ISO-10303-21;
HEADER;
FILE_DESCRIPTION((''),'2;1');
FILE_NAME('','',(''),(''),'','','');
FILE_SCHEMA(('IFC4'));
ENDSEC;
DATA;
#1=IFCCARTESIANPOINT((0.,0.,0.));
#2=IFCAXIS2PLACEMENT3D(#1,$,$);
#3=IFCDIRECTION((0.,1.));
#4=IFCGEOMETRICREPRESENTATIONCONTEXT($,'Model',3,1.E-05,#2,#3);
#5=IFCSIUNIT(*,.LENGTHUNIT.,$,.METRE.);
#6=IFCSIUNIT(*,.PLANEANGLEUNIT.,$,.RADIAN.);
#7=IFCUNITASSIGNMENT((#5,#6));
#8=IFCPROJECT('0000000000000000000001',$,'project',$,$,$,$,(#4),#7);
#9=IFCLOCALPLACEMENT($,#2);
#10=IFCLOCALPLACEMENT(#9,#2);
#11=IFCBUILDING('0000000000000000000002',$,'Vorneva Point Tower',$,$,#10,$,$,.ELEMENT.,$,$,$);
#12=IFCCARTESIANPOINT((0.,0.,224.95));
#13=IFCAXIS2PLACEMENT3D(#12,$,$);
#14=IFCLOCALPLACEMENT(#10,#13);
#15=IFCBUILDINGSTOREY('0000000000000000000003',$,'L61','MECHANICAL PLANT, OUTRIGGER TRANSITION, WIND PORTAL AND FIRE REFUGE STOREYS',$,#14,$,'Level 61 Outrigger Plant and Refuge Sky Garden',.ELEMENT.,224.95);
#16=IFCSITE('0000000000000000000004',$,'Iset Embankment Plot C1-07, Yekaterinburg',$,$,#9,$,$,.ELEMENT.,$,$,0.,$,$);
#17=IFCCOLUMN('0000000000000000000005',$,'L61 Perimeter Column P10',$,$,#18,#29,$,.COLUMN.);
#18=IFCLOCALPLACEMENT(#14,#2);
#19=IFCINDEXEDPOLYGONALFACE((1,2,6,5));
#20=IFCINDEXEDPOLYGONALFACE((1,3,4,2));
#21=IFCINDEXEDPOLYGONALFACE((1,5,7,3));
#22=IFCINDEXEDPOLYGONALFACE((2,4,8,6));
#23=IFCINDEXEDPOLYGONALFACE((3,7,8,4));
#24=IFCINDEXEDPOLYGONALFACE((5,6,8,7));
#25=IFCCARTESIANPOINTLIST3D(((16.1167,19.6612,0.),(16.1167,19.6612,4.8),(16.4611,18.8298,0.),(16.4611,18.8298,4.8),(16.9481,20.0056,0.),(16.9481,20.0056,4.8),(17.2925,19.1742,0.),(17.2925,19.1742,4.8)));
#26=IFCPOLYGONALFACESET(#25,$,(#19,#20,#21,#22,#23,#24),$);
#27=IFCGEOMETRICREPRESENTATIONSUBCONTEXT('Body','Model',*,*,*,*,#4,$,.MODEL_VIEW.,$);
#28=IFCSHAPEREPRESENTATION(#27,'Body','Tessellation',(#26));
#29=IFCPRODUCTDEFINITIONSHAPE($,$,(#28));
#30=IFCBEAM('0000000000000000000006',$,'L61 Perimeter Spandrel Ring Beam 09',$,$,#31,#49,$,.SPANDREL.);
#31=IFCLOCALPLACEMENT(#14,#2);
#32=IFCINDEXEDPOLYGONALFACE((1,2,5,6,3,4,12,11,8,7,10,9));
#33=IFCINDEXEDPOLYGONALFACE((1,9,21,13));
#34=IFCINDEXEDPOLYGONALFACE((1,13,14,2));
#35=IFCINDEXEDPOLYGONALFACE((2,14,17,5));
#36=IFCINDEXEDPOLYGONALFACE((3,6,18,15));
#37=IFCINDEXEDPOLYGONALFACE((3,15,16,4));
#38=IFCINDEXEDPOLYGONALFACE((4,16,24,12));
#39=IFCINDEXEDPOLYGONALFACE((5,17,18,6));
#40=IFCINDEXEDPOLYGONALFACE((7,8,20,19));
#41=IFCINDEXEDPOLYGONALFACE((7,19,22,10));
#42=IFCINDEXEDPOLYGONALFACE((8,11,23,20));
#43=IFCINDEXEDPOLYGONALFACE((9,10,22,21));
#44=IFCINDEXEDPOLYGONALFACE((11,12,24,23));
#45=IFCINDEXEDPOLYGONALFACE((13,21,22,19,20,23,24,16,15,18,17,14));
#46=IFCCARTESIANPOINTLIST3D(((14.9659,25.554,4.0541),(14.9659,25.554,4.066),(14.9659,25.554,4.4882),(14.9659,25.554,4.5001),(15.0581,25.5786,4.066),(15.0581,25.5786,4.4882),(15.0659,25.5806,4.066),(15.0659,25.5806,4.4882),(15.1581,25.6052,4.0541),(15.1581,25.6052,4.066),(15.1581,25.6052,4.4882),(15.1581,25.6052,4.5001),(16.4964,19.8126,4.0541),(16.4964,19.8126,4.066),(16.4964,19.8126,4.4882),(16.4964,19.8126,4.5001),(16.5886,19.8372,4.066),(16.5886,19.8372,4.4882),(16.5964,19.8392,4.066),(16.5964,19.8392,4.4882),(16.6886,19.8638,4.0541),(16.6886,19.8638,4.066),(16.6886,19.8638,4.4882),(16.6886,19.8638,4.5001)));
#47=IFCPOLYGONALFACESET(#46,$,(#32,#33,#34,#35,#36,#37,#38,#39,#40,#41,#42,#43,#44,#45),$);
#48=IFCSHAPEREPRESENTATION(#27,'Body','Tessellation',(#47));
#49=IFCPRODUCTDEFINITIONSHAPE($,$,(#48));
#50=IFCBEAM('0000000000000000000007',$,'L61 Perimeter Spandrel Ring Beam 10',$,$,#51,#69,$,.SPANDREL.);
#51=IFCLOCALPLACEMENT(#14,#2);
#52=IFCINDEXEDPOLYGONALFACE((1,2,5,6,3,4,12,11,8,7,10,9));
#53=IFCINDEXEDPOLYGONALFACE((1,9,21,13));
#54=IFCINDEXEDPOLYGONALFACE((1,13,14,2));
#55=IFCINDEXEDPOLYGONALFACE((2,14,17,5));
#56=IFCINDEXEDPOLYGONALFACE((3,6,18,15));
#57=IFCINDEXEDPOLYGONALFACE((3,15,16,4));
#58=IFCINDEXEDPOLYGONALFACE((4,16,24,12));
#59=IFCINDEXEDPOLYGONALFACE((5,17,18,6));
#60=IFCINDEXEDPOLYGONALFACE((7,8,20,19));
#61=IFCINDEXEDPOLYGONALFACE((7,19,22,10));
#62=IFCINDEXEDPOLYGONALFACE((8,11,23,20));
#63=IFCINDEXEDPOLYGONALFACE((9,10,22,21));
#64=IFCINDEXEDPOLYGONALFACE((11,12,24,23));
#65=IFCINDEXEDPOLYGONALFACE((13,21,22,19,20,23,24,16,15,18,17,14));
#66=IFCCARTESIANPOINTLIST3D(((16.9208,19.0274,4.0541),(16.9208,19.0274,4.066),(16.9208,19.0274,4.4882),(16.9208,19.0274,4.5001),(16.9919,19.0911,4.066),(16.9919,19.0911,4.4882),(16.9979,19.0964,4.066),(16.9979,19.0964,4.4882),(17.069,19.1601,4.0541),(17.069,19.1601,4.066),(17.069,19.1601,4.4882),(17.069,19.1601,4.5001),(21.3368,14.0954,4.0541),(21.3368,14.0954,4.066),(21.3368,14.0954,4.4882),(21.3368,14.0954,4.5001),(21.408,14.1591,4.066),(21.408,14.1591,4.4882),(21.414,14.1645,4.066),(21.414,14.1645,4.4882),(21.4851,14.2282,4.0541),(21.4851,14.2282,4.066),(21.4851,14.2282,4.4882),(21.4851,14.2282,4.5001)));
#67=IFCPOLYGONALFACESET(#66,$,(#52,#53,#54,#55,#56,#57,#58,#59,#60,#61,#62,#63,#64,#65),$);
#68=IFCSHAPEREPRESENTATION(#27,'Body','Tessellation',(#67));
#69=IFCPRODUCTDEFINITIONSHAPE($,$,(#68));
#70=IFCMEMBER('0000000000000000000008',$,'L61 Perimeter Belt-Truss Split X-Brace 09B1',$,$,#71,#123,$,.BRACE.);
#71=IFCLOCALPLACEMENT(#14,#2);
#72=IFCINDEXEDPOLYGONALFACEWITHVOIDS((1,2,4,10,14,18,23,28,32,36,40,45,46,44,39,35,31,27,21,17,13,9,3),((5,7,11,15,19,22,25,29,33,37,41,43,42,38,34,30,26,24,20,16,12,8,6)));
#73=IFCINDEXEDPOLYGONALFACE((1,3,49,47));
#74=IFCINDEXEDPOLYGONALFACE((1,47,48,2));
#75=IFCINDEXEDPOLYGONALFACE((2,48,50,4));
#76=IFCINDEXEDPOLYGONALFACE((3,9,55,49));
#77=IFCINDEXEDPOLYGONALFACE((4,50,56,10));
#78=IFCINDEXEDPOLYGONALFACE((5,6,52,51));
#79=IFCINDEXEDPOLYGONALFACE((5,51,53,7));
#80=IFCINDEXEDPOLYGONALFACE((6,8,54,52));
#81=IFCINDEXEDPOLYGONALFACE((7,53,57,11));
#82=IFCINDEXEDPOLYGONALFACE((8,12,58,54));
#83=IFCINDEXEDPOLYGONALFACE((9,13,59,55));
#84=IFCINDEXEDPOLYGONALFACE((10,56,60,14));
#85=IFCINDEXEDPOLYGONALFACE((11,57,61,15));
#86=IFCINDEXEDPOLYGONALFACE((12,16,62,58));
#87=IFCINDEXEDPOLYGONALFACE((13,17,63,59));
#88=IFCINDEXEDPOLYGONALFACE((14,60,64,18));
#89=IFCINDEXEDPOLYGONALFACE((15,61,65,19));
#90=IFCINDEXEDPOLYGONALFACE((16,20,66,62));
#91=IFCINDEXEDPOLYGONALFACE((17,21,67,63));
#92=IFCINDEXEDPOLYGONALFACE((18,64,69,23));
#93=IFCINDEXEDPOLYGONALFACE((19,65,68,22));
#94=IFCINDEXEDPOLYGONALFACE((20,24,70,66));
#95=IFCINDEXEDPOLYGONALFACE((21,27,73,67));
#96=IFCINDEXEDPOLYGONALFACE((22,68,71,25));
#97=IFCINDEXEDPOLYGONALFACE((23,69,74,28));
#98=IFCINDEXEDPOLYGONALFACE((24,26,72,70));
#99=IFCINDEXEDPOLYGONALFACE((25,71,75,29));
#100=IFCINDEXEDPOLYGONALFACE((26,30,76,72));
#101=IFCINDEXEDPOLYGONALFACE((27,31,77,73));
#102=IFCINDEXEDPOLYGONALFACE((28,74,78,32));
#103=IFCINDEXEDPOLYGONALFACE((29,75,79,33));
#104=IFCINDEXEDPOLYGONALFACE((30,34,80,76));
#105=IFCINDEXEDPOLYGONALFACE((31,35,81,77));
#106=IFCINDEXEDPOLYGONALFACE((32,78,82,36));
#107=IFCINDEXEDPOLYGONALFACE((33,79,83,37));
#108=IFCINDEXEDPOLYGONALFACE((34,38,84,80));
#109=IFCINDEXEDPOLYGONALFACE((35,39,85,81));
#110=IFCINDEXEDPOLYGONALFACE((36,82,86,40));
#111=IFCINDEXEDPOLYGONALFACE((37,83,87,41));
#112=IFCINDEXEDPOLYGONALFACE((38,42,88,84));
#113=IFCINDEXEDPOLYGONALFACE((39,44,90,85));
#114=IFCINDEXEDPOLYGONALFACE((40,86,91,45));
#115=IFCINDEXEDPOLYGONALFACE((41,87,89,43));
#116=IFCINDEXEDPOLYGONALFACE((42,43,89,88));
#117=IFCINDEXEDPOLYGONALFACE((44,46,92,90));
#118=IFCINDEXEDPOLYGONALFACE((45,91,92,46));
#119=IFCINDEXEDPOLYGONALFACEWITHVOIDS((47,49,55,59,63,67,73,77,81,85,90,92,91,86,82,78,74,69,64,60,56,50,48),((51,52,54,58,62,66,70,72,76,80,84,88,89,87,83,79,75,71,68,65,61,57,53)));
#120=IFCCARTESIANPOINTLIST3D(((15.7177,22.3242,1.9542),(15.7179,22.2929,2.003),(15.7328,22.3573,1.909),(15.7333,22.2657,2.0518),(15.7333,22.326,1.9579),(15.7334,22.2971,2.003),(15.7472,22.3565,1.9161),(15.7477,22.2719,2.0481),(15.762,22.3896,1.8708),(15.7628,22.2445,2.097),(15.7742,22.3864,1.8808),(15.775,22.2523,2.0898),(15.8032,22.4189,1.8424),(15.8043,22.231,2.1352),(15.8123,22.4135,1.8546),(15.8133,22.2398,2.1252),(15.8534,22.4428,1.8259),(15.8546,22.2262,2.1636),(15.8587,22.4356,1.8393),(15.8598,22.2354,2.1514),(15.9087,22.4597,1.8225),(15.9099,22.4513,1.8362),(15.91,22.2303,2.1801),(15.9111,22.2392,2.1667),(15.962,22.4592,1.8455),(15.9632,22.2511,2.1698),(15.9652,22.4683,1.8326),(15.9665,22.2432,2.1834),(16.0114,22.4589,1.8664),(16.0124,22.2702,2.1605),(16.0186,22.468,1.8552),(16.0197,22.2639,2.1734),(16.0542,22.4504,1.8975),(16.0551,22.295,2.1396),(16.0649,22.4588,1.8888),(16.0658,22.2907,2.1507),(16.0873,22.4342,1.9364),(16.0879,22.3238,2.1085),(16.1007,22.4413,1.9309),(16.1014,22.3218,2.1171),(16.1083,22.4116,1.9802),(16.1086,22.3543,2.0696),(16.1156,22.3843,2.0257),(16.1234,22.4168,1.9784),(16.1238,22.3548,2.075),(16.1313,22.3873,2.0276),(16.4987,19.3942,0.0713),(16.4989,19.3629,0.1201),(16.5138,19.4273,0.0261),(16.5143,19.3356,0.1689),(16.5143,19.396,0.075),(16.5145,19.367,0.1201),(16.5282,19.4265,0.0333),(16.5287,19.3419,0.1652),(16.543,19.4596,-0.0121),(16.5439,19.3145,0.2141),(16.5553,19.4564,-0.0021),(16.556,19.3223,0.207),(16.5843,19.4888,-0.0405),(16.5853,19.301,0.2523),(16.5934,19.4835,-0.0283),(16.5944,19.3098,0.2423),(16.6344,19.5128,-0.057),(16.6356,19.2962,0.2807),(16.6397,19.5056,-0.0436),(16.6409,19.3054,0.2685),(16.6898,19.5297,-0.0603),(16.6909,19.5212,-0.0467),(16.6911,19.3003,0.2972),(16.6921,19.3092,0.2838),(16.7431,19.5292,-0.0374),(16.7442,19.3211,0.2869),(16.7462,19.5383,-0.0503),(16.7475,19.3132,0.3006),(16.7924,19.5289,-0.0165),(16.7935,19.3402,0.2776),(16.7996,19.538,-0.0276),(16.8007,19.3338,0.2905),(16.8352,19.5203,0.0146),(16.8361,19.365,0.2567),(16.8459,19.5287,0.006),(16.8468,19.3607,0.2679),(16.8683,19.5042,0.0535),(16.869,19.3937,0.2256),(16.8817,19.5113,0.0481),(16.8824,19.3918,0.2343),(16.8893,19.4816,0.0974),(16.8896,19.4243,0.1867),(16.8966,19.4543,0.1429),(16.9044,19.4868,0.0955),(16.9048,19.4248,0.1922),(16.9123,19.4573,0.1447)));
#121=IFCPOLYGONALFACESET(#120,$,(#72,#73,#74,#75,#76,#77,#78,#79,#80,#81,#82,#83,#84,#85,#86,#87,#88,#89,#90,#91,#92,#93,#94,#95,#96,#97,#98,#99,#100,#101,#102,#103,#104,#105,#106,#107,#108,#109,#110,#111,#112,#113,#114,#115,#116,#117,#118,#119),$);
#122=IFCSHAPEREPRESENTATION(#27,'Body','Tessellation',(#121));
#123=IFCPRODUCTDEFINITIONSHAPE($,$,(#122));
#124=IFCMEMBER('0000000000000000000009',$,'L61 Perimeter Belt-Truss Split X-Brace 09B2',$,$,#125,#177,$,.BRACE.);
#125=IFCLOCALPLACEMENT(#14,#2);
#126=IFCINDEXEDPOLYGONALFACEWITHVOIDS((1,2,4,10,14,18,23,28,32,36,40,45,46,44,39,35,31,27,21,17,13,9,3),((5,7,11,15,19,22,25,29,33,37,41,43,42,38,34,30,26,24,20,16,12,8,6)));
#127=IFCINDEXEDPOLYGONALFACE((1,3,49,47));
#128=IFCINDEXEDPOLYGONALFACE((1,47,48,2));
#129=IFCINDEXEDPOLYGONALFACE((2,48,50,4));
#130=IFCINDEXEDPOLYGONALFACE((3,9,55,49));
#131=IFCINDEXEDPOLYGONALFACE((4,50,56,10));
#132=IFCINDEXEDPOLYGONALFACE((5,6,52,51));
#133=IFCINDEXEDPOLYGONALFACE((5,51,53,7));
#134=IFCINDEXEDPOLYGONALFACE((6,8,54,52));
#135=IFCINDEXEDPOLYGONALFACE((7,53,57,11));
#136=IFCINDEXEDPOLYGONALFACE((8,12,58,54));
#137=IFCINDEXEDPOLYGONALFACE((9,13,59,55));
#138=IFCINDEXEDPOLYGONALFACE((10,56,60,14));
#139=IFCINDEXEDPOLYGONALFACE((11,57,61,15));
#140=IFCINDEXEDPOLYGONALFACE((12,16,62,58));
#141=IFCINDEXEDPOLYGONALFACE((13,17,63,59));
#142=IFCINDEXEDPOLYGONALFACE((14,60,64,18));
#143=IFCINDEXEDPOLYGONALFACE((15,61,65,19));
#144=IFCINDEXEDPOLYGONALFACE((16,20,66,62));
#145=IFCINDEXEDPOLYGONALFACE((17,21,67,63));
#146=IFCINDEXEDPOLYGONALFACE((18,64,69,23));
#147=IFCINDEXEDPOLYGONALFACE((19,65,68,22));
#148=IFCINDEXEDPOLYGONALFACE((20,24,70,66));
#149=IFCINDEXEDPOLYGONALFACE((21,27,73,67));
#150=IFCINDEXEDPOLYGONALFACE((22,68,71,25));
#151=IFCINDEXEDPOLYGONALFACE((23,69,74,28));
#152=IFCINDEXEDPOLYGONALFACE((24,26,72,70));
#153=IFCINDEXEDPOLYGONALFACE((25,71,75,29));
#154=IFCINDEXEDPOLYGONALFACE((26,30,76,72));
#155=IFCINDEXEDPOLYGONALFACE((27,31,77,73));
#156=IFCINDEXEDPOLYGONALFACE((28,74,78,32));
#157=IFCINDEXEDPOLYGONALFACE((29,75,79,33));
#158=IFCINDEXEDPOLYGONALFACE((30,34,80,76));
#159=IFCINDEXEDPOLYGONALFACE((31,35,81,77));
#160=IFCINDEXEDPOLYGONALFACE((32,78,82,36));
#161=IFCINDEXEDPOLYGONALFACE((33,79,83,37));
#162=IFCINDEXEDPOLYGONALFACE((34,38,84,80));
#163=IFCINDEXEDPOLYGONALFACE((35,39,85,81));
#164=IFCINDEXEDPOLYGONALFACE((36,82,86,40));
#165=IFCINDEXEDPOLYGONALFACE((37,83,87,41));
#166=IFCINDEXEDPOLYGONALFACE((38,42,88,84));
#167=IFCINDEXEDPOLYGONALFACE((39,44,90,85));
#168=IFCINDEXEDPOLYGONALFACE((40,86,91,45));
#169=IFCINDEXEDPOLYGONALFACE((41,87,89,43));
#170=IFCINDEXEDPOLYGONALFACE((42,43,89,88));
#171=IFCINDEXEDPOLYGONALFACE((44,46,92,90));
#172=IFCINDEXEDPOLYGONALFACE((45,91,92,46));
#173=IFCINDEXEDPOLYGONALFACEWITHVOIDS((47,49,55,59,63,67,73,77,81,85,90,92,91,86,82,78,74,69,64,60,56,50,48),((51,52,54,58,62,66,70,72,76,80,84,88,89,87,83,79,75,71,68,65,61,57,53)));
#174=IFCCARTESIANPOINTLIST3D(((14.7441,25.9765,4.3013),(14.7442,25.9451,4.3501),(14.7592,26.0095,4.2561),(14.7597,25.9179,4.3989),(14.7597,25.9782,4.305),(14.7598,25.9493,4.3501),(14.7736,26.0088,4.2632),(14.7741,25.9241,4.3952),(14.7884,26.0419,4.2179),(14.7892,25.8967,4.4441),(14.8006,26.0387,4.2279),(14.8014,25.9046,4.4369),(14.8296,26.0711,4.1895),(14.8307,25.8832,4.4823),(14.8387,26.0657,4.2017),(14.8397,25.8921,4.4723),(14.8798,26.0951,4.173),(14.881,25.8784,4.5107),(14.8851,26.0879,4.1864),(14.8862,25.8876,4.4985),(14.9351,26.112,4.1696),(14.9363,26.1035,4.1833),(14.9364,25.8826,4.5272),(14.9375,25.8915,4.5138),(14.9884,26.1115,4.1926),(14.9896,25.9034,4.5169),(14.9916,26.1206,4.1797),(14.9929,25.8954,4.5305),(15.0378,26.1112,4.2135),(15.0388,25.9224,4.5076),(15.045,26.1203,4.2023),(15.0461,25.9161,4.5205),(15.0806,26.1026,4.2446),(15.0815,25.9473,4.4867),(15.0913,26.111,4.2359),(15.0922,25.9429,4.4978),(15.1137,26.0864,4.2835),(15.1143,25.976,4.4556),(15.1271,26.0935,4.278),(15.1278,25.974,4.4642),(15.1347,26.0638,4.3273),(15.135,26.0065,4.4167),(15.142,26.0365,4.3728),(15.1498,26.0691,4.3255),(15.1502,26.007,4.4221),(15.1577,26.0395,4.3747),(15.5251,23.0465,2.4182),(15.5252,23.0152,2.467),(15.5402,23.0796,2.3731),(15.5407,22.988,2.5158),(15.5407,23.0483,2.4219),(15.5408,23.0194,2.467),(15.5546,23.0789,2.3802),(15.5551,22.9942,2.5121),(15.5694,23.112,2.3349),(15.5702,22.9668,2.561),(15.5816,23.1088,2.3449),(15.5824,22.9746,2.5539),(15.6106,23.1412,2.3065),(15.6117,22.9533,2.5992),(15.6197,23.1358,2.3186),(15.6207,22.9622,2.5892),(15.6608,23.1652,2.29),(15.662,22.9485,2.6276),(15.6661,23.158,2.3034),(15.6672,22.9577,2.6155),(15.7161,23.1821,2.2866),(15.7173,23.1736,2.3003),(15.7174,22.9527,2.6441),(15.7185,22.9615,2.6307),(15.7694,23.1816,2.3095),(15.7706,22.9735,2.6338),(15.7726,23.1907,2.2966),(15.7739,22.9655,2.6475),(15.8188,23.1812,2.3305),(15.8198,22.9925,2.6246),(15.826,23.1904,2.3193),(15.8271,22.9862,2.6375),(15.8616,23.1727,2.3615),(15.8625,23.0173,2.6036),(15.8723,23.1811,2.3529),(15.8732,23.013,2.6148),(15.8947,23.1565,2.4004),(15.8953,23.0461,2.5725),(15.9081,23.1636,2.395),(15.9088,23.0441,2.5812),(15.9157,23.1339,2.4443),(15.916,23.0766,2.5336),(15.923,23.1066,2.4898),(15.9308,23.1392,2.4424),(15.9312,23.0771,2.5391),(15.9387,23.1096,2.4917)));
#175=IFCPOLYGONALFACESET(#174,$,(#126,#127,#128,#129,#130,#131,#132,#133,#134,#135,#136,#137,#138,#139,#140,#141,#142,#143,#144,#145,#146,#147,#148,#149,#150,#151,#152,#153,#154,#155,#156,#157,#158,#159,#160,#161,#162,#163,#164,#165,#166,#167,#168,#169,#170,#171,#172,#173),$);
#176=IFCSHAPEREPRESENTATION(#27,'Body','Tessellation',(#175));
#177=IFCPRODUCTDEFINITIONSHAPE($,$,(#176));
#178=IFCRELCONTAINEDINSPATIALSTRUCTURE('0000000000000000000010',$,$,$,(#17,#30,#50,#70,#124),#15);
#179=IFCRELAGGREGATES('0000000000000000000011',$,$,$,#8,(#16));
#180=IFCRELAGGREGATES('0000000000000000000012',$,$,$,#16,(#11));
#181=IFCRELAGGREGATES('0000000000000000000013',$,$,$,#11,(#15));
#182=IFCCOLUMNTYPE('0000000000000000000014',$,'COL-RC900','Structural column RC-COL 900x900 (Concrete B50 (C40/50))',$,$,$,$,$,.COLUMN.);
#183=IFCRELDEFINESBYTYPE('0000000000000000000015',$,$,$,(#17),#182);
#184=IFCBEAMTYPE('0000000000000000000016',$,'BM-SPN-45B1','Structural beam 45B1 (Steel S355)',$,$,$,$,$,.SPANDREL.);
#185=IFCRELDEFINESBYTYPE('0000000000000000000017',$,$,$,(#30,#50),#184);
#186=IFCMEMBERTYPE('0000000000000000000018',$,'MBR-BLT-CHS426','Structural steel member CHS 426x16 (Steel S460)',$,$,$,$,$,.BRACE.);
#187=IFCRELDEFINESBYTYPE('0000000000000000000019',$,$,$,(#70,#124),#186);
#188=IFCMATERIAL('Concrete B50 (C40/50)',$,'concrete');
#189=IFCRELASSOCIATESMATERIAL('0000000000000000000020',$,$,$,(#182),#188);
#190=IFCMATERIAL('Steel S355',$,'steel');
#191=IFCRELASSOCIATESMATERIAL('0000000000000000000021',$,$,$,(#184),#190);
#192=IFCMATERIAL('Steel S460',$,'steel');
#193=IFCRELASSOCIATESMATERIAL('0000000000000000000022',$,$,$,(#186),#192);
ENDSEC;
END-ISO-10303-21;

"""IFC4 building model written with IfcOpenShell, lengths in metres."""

from ifc_helpers import new_model, si_unit, direction, frame, origin, origin_2d, place, context, subcontext, project, spatial, rectangle, hollow_circle, i_section, extrude, material, material_profile, profile_set, type_object, element, save


model = new_model("IFC4")

# Units and contexts
model_context = context("Model", 3, precision=1e-05, world=origin(), true_north=direction((0.0, 1.0)))
body_context = subcontext(model_context, "Body", "Model", "MODEL_VIEW")
ifc_project = project(units=[si_unit("LENGTHUNIT", "METRE"), si_unit("PLANEANGLEUNIT", "RADIAN")], contexts=[model_context])

# Site, building, storey
site_placement = place(None, origin())
site = spatial("IfcSite", under=ifc_project, at=site_placement, Name="Iset Embankment Plot C1-07, Yekaterinburg", CompositionType="ELEMENT", RefElevation=0.0)
building_placement = place(site_placement, origin())
building = spatial("IfcBuilding", under=site, at=building_placement, Name="Vorneva Point Tower", CompositionType="ELEMENT")
storey_placement = place(building_placement, frame((0.0, 0.0, 224.95)))
storey = spatial("IfcBuildingStorey", under=building, at=storey_placement, Name="L61", Description="MECHANICAL PLANT, OUTRIGGER TRANSITION, WIND PORTAL AND FIRE REFUGE STOREYS", LongName="Level 61 Outrigger Plant and Refuge Sky Garden", CompositionType="ELEMENT", Elevation=224.95)

# Column
ifc_material_1 = material(Name="Concrete B50 (C40/50)", Category="concrete")
ifc_material_profile_1 = material_profile(ifc_material_1, rectangle(XDim=0.8999, YDim=0.8999, at=origin_2d()), Name="RC-COL 900x900")
ifc_profile_set_1 = profile_set([ifc_material_profile_1], Name="Concrete B50 (C40/50)")
column_type = type_object("IfcColumnType", Name="COL-RC900", Description="Structural column RC-COL 900x900 (Concrete B50 (C40/50))", PredefinedType="COLUMN", material=ifc_profile_set_1)
column_placement = place(storey_placement, frame((16.7046, 19.4177, 0.0), z_axis=(0.0, 0.0, 1.0), x_axis=(-0.92388, -0.382683, 0.0)))
element("IfcColumn", 1, at=column_placement, inside=storey, type_object=column_type, Name="L61 Perimeter Column P10", PredefinedType="COLUMN", context=body_context, shape_type="SweptSolid", body=[
    extrude(rectangle(XDim=0.8999, YDim=0.8999, at=origin_2d()), origin(), (0.0, 0.0, 1.0), 4.8),
])

# Beams
ifc_material_2 = material(Name="Steel S355", Category="steel")
ifc_material_profile_2 = material_profile(ifc_material_2, i_section(OverallWidth=0.199, OverallDepth=0.446, WebThickness=0.0081, FlangeThickness=0.012, at=origin_2d()), Name="45B1")
ifc_profile_set_2 = profile_set([ifc_material_profile_2], Name="Steel S355")
beam_type = type_object("IfcBeamType", Name="BM-SPN-45B1", Description="Structural beam 45B1 (Steel S355)", PredefinedType="SPANDREL", material=ifc_profile_set_2)
beam_1_placement = place(storey_placement, frame((15.062, 25.5796, 4.2771), z_axis=(0.257578, -0.966257, 0.0), x_axis=(0.966257, 0.257578, 0.0)))
element("IfcBeam", 2, at=beam_1_placement, inside=storey, type_object=beam_type, Name="L61 Perimeter Spandrel Ring Beam 09", PredefinedType="SPANDREL", context=body_context, shape_type="SweptSolid", body=[
    extrude(i_section(OverallWidth=0.199, OverallDepth=0.446, WebThickness=0.0081, FlangeThickness=0.012, at=origin_2d()), origin(), (0.0, 0.0, 1.0), 5.9419),
])
beam_2_placement = place(storey_placement, frame((16.9949, 19.0938, 4.2771), z_axis=(0.66707, -0.744995, 0.0), x_axis=(0.744995, 0.66707, 0.0)))
element("IfcBeam", 3, at=beam_2_placement, inside=storey, type_object=beam_type, Name="L61 Perimeter Spandrel Ring Beam 10", PredefinedType="SPANDREL", context=body_context, shape_type="SweptSolid", body=[
    extrude(i_section(OverallWidth=0.199, OverallDepth=0.446, WebThickness=0.0081, FlangeThickness=0.012, at=origin_2d()), origin(), (0.0, 0.0, 1.0), 6.6201),
])

# Members
ifc_material_3 = material(Name="Steel S460", Category="steel")
ifc_material_profile_3 = material_profile(ifc_material_3, hollow_circle(Radius=0.2129, WallThickness=0.0161, at=origin_2d()), Name="CHS 426x16")
ifc_profile_set_3 = profile_set([ifc_material_profile_3], Name="Steel S460")
member_type = type_object("IfcMemberType", Name="MBR-BLT-CHS426", Description="Structural steel member CHS 426x16 (Steel S460)", PredefinedType="BRACE", material=ifc_profile_set_3)
for number, where, z_axis, x_axis, name in (
    (4, (16.7046, 19.4177, 0.1201), (-0.218816, 0.820885, 0.527511), (-0.96626, -0.257567, 0.0), "L61 Perimeter Belt-Truss Split X-Brace 09B1"),
    (5, (15.731, 23.0701, 2.467), (-0.218808, 0.820855, 0.527561), (-0.96626, -0.257567, 0.0), "L61 Perimeter Belt-Truss Split X-Brace 09B2"),
):
    element("IfcMember", number, at=place(storey_placement, frame(where, z_axis=z_axis, x_axis=x_axis)), inside=storey, type_object=member_type, Name=name, PredefinedType="BRACE", context=body_context, shape_type="SweptSolid", body=[
        extrude(hollow_circle(Radius=0.2129, WallThickness=0.0161, at=origin_2d()), origin(), (0.0, 0.0, 1.0), 3.5693),
    ])

save(model, "model.ifc")
